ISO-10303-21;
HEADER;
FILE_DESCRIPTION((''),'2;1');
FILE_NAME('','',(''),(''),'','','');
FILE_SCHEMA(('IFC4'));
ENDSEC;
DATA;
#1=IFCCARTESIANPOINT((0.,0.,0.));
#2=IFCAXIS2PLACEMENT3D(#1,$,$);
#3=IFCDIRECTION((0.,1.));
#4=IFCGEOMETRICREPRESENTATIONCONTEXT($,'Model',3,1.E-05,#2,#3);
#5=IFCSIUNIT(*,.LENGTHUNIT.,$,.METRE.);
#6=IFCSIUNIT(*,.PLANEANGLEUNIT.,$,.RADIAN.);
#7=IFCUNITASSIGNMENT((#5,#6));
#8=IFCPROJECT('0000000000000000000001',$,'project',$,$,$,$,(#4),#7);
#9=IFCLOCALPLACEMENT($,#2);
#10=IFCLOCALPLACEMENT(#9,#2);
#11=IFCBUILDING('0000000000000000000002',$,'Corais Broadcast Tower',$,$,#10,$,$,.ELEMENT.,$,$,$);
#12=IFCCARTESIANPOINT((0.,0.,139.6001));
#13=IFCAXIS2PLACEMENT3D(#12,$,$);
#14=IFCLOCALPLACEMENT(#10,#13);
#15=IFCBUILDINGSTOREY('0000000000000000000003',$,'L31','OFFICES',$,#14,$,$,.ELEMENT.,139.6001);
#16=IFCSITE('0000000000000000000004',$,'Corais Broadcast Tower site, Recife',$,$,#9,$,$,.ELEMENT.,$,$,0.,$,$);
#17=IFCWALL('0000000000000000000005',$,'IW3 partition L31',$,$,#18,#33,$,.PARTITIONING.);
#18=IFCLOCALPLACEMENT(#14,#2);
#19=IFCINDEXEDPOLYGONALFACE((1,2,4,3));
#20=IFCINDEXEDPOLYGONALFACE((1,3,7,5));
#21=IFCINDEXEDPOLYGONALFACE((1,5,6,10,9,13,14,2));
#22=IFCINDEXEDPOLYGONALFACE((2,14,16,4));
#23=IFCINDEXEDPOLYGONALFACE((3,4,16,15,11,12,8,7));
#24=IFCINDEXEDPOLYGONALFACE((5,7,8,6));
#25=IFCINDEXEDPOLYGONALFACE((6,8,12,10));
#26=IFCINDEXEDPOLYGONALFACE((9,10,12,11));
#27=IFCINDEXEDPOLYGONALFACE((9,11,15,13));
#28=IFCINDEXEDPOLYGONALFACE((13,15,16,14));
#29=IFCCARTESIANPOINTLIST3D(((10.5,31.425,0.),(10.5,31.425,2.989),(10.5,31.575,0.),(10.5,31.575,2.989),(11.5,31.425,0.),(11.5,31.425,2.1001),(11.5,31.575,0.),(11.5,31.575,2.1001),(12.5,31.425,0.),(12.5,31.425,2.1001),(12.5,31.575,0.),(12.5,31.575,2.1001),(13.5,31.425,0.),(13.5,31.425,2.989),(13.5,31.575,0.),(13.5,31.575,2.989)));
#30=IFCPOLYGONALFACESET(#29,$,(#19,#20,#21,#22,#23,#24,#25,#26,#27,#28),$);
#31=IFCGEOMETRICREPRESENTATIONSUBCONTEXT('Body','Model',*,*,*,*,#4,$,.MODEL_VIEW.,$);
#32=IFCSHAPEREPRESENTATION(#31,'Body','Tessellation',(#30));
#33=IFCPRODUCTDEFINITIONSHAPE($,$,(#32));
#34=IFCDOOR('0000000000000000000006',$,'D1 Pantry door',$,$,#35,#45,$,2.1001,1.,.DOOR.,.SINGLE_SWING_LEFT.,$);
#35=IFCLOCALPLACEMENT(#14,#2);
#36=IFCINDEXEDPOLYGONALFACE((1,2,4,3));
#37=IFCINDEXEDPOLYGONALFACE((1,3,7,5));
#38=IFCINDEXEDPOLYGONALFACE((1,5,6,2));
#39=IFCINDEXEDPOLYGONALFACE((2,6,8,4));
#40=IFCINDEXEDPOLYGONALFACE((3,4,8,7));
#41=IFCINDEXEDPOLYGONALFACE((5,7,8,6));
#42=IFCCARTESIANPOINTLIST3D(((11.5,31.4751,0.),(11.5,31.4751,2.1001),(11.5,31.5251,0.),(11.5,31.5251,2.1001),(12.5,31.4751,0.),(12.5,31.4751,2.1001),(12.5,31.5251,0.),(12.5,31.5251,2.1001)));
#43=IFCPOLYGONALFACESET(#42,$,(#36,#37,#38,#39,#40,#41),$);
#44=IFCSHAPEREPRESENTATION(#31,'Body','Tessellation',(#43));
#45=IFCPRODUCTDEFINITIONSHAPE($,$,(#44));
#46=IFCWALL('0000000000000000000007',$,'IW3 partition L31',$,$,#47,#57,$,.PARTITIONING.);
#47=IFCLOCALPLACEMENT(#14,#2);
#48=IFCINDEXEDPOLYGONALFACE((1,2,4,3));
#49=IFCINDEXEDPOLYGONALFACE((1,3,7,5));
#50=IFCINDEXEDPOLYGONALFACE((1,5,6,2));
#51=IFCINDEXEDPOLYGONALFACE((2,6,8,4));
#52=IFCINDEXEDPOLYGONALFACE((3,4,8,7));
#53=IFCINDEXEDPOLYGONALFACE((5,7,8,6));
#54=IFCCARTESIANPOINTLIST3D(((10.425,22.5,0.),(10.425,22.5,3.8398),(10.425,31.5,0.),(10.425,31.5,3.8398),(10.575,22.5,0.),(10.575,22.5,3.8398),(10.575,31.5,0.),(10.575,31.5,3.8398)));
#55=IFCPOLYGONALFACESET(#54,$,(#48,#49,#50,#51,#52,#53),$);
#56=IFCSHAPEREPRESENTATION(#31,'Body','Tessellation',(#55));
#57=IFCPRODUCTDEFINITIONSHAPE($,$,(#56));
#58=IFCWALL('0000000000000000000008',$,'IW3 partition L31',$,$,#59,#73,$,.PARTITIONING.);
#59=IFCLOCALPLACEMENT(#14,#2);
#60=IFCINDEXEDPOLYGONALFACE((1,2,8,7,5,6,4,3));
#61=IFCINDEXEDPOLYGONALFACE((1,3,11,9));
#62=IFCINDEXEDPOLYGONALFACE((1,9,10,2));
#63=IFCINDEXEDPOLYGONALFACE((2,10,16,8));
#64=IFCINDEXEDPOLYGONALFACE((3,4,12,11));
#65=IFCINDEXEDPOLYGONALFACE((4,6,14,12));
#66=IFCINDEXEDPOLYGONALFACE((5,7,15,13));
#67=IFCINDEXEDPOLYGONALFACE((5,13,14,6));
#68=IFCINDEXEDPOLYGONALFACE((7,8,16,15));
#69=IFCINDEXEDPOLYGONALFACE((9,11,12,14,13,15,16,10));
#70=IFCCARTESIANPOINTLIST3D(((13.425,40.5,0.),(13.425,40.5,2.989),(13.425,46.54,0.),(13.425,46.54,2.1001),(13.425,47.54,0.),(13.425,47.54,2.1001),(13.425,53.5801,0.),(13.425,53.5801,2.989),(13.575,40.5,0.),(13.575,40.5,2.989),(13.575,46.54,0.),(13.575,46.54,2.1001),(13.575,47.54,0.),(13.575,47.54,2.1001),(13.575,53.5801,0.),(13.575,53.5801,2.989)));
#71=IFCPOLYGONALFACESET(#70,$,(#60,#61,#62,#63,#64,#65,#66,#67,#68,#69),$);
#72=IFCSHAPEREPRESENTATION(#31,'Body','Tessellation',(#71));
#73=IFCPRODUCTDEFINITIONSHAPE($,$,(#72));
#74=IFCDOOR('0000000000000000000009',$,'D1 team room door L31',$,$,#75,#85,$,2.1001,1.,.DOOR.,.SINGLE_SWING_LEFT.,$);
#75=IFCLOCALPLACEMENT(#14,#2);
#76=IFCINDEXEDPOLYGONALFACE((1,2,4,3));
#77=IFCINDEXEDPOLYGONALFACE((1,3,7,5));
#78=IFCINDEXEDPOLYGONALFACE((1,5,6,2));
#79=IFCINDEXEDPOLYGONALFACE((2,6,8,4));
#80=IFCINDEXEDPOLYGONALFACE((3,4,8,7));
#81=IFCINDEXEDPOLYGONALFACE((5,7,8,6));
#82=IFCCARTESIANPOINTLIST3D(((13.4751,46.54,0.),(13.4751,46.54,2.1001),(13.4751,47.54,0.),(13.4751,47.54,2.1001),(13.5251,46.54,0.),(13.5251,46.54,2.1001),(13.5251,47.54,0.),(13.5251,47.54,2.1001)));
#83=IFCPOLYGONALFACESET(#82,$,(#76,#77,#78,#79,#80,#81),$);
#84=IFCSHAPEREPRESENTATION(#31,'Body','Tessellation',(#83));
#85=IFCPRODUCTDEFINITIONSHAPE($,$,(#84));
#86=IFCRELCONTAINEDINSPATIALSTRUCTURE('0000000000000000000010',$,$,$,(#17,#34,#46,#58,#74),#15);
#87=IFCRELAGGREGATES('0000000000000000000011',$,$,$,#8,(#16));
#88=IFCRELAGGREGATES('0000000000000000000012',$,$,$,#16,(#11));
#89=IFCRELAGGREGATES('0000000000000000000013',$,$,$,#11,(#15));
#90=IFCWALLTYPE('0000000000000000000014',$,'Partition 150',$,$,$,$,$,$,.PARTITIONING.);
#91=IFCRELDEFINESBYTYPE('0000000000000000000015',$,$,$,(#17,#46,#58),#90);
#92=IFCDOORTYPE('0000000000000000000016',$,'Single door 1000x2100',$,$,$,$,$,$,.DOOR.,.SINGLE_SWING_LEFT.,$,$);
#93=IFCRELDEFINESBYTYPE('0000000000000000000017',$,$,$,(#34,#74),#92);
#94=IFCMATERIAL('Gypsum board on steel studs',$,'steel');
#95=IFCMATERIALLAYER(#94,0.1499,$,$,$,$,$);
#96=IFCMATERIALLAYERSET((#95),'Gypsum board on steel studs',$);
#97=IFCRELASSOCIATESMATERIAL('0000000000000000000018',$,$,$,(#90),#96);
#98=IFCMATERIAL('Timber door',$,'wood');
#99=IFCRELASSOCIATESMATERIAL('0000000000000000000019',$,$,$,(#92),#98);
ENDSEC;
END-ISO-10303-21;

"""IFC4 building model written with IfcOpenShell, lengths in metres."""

from ifc_helpers import new_model, si_unit, direction, frame, frame_2d, origin, place, context, subcontext, project, spatial, rectangle, extrude, material, layer, layer_set, type_object, element, fill, save


model = new_model("IFC4")

# Units and contexts
model_context = context("Model", 3, precision=1e-05, world=origin(), true_north=direction((0.0, 1.0)))
body_context = subcontext(model_context, "Body", "Model", "MODEL_VIEW")
ifc_project = project(units=[si_unit("LENGTHUNIT", "METRE"), si_unit("PLANEANGLEUNIT", "RADIAN")], contexts=[model_context])

# Site, building, storey
site_placement = place(None, origin())
site = spatial("IfcSite", under=ifc_project, at=site_placement, Name="Corais Broadcast Tower site, Recife", CompositionType="ELEMENT", RefElevation=0.0)
building_placement = place(site_placement, origin())
building = spatial("IfcBuilding", under=site, at=building_placement, Name="Corais Broadcast Tower", CompositionType="ELEMENT")
storey_placement = place(building_placement, frame((0.0, 0.0, 139.6001)))
storey = spatial("IfcBuildingStorey", under=building, at=storey_placement, Name="L31", Description="OFFICES", CompositionType="ELEMENT", Elevation=139.6001)

# Shared definitions
ifc_material_1 = material(Name="Gypsum board on steel studs", Category="steel")
ifc_layer_1 = layer(ifc_material_1, 0.1499)
ifc_layer_set_1 = layer_set([ifc_layer_1], Name="Gypsum board on steel studs")
wall_type_1 = type_object("IfcWallType", Name="Partition 150", PredefinedType="PARTITIONING", material=ifc_layer_set_1)

# Wall, opening, door
wall_1_placement = place(storey_placement, frame((13.5, 31.5, 0.0), z_axis=(0.0, 0.0, 1.0), x_axis=(-1.0, 0.0, 0.0)))
wall_1 = element("IfcWall", 1, at=wall_1_placement, inside=storey, type_object=wall_type_1, Name="IW3 partition L31", PredefinedType="PARTITIONING", context=body_context, shape_type="SweptSolid", body=[
    extrude(rectangle(XDim=3.0, YDim=0.1499, at=frame_2d((1.5, 0.0))), origin(), (0.0, 0.0, 1.0), 2.989),
])
opening_1_placement = place(wall_1_placement, frame((1.0, 0.0, 0.0)))
opening_1 = element("IfcOpeningElement", 2, at=opening_1_placement, cuts=wall_1, PredefinedType="OPENING", context=body_context, shape_type="SweptSolid", body=[
    extrude(rectangle(XDim=1.0, YDim=2.1001, at=frame_2d((0.5, 1.05))), frame((0.0, 0.085, 0.0), z_axis=(0.0, -1.0, 0.0), x_axis=(1.0, 0.0, 0.0)), (0.0, 0.0, 1.0), 0.1699),
])
ifc_material_2 = material(Name="Timber door", Category="wood")
door_type_1 = type_object("IfcDoorType", Name="Single door 1000x2100", OperationType="SINGLE_SWING_LEFT", PredefinedType="DOOR", material=ifc_material_2)
door_1_placement = place(opening_1_placement, origin())
door_1 = element("IfcDoor", 3, at=door_1_placement, inside=storey, type_object=door_type_1, Name="D1 Pantry door", OperationType="SINGLE_SWING_LEFT", OverallHeight=2.1001, OverallWidth=1.0, PredefinedType="DOOR", context=body_context, shape_type="SweptSolid", body=[
    extrude(rectangle(XDim=1.0, YDim=2.1001, at=frame_2d((0.5, 1.05))), frame((0.0, 0.0249, 0.0), z_axis=(0.0, -1.0, 0.0), x_axis=(1.0, 0.0, 0.0)), (0.0, 0.0, 1.0), 0.05),
])
fill(opening_1, door_1)

# Wall
wall_2_placement = place(storey_placement, frame((10.5, 31.5, 0.0), z_axis=(0.0, 0.0, 1.0), x_axis=(0.0, -1.0, 0.0)))
element("IfcWall", 4, at=wall_2_placement, inside=storey, type_object=wall_type_1, Name="IW3 partition L31", PredefinedType="PARTITIONING", context=body_context, shape_type="SweptSolid", body=[
    extrude(rectangle(XDim=9.0, YDim=0.1499, at=frame_2d((4.5, 0.0))), origin(), (0.0, 0.0, 1.0), 3.8398),
])

# Wall, opening, door
wall_3_placement = place(storey_placement, frame((13.5, 40.5, 0.0), z_axis=(0.0, 0.0, 1.0), x_axis=(0.0, 1.0, 0.0)))
wall_3 = element("IfcWall", 5, at=wall_3_placement, inside=storey, type_object=wall_type_1, Name="IW3 partition L31", PredefinedType="PARTITIONING", context=body_context, shape_type="SweptSolid", body=[
    extrude(rectangle(XDim=13.0801, YDim=0.1499, at=frame_2d((6.54, 0.0))), origin(), (0.0, 0.0, 1.0), 2.989),
])
opening_2_placement = place(wall_3_placement, frame((6.04, 0.0, 0.0)))
opening_2 = element("IfcOpeningElement", 6, at=opening_2_placement, cuts=wall_3, PredefinedType="OPENING", context=body_context, shape_type="SweptSolid", body=[
    extrude(rectangle(XDim=1.0, YDim=2.1001, at=frame_2d((0.5, 1.05))), frame((0.0, 0.085, 0.0), z_axis=(0.0, -1.0, 0.0), x_axis=(1.0, 0.0, 0.0)), (0.0, 0.0, 1.0), 0.1699),
])
door_2_placement = place(opening_2_placement, origin())
door_2 = element("IfcDoor", 7, at=door_2_placement, inside=storey, type_object=door_type_1, Name="D1 team room door L31", OperationType="SINGLE_SWING_LEFT", OverallHeight=2.1001, OverallWidth=1.0, PredefinedType="DOOR", context=body_context, shape_type="SweptSolid", body=[
    extrude(rectangle(XDim=1.0, YDim=2.1001, at=frame_2d((0.5, 1.05))), frame((0.0, 0.0249, 0.0), z_axis=(0.0, -1.0, 0.0), x_axis=(1.0, 0.0, 0.0)), (0.0, 0.0, 1.0), 0.05),
])
fill(opening_2, door_2)

save(model, "model.ifc")
